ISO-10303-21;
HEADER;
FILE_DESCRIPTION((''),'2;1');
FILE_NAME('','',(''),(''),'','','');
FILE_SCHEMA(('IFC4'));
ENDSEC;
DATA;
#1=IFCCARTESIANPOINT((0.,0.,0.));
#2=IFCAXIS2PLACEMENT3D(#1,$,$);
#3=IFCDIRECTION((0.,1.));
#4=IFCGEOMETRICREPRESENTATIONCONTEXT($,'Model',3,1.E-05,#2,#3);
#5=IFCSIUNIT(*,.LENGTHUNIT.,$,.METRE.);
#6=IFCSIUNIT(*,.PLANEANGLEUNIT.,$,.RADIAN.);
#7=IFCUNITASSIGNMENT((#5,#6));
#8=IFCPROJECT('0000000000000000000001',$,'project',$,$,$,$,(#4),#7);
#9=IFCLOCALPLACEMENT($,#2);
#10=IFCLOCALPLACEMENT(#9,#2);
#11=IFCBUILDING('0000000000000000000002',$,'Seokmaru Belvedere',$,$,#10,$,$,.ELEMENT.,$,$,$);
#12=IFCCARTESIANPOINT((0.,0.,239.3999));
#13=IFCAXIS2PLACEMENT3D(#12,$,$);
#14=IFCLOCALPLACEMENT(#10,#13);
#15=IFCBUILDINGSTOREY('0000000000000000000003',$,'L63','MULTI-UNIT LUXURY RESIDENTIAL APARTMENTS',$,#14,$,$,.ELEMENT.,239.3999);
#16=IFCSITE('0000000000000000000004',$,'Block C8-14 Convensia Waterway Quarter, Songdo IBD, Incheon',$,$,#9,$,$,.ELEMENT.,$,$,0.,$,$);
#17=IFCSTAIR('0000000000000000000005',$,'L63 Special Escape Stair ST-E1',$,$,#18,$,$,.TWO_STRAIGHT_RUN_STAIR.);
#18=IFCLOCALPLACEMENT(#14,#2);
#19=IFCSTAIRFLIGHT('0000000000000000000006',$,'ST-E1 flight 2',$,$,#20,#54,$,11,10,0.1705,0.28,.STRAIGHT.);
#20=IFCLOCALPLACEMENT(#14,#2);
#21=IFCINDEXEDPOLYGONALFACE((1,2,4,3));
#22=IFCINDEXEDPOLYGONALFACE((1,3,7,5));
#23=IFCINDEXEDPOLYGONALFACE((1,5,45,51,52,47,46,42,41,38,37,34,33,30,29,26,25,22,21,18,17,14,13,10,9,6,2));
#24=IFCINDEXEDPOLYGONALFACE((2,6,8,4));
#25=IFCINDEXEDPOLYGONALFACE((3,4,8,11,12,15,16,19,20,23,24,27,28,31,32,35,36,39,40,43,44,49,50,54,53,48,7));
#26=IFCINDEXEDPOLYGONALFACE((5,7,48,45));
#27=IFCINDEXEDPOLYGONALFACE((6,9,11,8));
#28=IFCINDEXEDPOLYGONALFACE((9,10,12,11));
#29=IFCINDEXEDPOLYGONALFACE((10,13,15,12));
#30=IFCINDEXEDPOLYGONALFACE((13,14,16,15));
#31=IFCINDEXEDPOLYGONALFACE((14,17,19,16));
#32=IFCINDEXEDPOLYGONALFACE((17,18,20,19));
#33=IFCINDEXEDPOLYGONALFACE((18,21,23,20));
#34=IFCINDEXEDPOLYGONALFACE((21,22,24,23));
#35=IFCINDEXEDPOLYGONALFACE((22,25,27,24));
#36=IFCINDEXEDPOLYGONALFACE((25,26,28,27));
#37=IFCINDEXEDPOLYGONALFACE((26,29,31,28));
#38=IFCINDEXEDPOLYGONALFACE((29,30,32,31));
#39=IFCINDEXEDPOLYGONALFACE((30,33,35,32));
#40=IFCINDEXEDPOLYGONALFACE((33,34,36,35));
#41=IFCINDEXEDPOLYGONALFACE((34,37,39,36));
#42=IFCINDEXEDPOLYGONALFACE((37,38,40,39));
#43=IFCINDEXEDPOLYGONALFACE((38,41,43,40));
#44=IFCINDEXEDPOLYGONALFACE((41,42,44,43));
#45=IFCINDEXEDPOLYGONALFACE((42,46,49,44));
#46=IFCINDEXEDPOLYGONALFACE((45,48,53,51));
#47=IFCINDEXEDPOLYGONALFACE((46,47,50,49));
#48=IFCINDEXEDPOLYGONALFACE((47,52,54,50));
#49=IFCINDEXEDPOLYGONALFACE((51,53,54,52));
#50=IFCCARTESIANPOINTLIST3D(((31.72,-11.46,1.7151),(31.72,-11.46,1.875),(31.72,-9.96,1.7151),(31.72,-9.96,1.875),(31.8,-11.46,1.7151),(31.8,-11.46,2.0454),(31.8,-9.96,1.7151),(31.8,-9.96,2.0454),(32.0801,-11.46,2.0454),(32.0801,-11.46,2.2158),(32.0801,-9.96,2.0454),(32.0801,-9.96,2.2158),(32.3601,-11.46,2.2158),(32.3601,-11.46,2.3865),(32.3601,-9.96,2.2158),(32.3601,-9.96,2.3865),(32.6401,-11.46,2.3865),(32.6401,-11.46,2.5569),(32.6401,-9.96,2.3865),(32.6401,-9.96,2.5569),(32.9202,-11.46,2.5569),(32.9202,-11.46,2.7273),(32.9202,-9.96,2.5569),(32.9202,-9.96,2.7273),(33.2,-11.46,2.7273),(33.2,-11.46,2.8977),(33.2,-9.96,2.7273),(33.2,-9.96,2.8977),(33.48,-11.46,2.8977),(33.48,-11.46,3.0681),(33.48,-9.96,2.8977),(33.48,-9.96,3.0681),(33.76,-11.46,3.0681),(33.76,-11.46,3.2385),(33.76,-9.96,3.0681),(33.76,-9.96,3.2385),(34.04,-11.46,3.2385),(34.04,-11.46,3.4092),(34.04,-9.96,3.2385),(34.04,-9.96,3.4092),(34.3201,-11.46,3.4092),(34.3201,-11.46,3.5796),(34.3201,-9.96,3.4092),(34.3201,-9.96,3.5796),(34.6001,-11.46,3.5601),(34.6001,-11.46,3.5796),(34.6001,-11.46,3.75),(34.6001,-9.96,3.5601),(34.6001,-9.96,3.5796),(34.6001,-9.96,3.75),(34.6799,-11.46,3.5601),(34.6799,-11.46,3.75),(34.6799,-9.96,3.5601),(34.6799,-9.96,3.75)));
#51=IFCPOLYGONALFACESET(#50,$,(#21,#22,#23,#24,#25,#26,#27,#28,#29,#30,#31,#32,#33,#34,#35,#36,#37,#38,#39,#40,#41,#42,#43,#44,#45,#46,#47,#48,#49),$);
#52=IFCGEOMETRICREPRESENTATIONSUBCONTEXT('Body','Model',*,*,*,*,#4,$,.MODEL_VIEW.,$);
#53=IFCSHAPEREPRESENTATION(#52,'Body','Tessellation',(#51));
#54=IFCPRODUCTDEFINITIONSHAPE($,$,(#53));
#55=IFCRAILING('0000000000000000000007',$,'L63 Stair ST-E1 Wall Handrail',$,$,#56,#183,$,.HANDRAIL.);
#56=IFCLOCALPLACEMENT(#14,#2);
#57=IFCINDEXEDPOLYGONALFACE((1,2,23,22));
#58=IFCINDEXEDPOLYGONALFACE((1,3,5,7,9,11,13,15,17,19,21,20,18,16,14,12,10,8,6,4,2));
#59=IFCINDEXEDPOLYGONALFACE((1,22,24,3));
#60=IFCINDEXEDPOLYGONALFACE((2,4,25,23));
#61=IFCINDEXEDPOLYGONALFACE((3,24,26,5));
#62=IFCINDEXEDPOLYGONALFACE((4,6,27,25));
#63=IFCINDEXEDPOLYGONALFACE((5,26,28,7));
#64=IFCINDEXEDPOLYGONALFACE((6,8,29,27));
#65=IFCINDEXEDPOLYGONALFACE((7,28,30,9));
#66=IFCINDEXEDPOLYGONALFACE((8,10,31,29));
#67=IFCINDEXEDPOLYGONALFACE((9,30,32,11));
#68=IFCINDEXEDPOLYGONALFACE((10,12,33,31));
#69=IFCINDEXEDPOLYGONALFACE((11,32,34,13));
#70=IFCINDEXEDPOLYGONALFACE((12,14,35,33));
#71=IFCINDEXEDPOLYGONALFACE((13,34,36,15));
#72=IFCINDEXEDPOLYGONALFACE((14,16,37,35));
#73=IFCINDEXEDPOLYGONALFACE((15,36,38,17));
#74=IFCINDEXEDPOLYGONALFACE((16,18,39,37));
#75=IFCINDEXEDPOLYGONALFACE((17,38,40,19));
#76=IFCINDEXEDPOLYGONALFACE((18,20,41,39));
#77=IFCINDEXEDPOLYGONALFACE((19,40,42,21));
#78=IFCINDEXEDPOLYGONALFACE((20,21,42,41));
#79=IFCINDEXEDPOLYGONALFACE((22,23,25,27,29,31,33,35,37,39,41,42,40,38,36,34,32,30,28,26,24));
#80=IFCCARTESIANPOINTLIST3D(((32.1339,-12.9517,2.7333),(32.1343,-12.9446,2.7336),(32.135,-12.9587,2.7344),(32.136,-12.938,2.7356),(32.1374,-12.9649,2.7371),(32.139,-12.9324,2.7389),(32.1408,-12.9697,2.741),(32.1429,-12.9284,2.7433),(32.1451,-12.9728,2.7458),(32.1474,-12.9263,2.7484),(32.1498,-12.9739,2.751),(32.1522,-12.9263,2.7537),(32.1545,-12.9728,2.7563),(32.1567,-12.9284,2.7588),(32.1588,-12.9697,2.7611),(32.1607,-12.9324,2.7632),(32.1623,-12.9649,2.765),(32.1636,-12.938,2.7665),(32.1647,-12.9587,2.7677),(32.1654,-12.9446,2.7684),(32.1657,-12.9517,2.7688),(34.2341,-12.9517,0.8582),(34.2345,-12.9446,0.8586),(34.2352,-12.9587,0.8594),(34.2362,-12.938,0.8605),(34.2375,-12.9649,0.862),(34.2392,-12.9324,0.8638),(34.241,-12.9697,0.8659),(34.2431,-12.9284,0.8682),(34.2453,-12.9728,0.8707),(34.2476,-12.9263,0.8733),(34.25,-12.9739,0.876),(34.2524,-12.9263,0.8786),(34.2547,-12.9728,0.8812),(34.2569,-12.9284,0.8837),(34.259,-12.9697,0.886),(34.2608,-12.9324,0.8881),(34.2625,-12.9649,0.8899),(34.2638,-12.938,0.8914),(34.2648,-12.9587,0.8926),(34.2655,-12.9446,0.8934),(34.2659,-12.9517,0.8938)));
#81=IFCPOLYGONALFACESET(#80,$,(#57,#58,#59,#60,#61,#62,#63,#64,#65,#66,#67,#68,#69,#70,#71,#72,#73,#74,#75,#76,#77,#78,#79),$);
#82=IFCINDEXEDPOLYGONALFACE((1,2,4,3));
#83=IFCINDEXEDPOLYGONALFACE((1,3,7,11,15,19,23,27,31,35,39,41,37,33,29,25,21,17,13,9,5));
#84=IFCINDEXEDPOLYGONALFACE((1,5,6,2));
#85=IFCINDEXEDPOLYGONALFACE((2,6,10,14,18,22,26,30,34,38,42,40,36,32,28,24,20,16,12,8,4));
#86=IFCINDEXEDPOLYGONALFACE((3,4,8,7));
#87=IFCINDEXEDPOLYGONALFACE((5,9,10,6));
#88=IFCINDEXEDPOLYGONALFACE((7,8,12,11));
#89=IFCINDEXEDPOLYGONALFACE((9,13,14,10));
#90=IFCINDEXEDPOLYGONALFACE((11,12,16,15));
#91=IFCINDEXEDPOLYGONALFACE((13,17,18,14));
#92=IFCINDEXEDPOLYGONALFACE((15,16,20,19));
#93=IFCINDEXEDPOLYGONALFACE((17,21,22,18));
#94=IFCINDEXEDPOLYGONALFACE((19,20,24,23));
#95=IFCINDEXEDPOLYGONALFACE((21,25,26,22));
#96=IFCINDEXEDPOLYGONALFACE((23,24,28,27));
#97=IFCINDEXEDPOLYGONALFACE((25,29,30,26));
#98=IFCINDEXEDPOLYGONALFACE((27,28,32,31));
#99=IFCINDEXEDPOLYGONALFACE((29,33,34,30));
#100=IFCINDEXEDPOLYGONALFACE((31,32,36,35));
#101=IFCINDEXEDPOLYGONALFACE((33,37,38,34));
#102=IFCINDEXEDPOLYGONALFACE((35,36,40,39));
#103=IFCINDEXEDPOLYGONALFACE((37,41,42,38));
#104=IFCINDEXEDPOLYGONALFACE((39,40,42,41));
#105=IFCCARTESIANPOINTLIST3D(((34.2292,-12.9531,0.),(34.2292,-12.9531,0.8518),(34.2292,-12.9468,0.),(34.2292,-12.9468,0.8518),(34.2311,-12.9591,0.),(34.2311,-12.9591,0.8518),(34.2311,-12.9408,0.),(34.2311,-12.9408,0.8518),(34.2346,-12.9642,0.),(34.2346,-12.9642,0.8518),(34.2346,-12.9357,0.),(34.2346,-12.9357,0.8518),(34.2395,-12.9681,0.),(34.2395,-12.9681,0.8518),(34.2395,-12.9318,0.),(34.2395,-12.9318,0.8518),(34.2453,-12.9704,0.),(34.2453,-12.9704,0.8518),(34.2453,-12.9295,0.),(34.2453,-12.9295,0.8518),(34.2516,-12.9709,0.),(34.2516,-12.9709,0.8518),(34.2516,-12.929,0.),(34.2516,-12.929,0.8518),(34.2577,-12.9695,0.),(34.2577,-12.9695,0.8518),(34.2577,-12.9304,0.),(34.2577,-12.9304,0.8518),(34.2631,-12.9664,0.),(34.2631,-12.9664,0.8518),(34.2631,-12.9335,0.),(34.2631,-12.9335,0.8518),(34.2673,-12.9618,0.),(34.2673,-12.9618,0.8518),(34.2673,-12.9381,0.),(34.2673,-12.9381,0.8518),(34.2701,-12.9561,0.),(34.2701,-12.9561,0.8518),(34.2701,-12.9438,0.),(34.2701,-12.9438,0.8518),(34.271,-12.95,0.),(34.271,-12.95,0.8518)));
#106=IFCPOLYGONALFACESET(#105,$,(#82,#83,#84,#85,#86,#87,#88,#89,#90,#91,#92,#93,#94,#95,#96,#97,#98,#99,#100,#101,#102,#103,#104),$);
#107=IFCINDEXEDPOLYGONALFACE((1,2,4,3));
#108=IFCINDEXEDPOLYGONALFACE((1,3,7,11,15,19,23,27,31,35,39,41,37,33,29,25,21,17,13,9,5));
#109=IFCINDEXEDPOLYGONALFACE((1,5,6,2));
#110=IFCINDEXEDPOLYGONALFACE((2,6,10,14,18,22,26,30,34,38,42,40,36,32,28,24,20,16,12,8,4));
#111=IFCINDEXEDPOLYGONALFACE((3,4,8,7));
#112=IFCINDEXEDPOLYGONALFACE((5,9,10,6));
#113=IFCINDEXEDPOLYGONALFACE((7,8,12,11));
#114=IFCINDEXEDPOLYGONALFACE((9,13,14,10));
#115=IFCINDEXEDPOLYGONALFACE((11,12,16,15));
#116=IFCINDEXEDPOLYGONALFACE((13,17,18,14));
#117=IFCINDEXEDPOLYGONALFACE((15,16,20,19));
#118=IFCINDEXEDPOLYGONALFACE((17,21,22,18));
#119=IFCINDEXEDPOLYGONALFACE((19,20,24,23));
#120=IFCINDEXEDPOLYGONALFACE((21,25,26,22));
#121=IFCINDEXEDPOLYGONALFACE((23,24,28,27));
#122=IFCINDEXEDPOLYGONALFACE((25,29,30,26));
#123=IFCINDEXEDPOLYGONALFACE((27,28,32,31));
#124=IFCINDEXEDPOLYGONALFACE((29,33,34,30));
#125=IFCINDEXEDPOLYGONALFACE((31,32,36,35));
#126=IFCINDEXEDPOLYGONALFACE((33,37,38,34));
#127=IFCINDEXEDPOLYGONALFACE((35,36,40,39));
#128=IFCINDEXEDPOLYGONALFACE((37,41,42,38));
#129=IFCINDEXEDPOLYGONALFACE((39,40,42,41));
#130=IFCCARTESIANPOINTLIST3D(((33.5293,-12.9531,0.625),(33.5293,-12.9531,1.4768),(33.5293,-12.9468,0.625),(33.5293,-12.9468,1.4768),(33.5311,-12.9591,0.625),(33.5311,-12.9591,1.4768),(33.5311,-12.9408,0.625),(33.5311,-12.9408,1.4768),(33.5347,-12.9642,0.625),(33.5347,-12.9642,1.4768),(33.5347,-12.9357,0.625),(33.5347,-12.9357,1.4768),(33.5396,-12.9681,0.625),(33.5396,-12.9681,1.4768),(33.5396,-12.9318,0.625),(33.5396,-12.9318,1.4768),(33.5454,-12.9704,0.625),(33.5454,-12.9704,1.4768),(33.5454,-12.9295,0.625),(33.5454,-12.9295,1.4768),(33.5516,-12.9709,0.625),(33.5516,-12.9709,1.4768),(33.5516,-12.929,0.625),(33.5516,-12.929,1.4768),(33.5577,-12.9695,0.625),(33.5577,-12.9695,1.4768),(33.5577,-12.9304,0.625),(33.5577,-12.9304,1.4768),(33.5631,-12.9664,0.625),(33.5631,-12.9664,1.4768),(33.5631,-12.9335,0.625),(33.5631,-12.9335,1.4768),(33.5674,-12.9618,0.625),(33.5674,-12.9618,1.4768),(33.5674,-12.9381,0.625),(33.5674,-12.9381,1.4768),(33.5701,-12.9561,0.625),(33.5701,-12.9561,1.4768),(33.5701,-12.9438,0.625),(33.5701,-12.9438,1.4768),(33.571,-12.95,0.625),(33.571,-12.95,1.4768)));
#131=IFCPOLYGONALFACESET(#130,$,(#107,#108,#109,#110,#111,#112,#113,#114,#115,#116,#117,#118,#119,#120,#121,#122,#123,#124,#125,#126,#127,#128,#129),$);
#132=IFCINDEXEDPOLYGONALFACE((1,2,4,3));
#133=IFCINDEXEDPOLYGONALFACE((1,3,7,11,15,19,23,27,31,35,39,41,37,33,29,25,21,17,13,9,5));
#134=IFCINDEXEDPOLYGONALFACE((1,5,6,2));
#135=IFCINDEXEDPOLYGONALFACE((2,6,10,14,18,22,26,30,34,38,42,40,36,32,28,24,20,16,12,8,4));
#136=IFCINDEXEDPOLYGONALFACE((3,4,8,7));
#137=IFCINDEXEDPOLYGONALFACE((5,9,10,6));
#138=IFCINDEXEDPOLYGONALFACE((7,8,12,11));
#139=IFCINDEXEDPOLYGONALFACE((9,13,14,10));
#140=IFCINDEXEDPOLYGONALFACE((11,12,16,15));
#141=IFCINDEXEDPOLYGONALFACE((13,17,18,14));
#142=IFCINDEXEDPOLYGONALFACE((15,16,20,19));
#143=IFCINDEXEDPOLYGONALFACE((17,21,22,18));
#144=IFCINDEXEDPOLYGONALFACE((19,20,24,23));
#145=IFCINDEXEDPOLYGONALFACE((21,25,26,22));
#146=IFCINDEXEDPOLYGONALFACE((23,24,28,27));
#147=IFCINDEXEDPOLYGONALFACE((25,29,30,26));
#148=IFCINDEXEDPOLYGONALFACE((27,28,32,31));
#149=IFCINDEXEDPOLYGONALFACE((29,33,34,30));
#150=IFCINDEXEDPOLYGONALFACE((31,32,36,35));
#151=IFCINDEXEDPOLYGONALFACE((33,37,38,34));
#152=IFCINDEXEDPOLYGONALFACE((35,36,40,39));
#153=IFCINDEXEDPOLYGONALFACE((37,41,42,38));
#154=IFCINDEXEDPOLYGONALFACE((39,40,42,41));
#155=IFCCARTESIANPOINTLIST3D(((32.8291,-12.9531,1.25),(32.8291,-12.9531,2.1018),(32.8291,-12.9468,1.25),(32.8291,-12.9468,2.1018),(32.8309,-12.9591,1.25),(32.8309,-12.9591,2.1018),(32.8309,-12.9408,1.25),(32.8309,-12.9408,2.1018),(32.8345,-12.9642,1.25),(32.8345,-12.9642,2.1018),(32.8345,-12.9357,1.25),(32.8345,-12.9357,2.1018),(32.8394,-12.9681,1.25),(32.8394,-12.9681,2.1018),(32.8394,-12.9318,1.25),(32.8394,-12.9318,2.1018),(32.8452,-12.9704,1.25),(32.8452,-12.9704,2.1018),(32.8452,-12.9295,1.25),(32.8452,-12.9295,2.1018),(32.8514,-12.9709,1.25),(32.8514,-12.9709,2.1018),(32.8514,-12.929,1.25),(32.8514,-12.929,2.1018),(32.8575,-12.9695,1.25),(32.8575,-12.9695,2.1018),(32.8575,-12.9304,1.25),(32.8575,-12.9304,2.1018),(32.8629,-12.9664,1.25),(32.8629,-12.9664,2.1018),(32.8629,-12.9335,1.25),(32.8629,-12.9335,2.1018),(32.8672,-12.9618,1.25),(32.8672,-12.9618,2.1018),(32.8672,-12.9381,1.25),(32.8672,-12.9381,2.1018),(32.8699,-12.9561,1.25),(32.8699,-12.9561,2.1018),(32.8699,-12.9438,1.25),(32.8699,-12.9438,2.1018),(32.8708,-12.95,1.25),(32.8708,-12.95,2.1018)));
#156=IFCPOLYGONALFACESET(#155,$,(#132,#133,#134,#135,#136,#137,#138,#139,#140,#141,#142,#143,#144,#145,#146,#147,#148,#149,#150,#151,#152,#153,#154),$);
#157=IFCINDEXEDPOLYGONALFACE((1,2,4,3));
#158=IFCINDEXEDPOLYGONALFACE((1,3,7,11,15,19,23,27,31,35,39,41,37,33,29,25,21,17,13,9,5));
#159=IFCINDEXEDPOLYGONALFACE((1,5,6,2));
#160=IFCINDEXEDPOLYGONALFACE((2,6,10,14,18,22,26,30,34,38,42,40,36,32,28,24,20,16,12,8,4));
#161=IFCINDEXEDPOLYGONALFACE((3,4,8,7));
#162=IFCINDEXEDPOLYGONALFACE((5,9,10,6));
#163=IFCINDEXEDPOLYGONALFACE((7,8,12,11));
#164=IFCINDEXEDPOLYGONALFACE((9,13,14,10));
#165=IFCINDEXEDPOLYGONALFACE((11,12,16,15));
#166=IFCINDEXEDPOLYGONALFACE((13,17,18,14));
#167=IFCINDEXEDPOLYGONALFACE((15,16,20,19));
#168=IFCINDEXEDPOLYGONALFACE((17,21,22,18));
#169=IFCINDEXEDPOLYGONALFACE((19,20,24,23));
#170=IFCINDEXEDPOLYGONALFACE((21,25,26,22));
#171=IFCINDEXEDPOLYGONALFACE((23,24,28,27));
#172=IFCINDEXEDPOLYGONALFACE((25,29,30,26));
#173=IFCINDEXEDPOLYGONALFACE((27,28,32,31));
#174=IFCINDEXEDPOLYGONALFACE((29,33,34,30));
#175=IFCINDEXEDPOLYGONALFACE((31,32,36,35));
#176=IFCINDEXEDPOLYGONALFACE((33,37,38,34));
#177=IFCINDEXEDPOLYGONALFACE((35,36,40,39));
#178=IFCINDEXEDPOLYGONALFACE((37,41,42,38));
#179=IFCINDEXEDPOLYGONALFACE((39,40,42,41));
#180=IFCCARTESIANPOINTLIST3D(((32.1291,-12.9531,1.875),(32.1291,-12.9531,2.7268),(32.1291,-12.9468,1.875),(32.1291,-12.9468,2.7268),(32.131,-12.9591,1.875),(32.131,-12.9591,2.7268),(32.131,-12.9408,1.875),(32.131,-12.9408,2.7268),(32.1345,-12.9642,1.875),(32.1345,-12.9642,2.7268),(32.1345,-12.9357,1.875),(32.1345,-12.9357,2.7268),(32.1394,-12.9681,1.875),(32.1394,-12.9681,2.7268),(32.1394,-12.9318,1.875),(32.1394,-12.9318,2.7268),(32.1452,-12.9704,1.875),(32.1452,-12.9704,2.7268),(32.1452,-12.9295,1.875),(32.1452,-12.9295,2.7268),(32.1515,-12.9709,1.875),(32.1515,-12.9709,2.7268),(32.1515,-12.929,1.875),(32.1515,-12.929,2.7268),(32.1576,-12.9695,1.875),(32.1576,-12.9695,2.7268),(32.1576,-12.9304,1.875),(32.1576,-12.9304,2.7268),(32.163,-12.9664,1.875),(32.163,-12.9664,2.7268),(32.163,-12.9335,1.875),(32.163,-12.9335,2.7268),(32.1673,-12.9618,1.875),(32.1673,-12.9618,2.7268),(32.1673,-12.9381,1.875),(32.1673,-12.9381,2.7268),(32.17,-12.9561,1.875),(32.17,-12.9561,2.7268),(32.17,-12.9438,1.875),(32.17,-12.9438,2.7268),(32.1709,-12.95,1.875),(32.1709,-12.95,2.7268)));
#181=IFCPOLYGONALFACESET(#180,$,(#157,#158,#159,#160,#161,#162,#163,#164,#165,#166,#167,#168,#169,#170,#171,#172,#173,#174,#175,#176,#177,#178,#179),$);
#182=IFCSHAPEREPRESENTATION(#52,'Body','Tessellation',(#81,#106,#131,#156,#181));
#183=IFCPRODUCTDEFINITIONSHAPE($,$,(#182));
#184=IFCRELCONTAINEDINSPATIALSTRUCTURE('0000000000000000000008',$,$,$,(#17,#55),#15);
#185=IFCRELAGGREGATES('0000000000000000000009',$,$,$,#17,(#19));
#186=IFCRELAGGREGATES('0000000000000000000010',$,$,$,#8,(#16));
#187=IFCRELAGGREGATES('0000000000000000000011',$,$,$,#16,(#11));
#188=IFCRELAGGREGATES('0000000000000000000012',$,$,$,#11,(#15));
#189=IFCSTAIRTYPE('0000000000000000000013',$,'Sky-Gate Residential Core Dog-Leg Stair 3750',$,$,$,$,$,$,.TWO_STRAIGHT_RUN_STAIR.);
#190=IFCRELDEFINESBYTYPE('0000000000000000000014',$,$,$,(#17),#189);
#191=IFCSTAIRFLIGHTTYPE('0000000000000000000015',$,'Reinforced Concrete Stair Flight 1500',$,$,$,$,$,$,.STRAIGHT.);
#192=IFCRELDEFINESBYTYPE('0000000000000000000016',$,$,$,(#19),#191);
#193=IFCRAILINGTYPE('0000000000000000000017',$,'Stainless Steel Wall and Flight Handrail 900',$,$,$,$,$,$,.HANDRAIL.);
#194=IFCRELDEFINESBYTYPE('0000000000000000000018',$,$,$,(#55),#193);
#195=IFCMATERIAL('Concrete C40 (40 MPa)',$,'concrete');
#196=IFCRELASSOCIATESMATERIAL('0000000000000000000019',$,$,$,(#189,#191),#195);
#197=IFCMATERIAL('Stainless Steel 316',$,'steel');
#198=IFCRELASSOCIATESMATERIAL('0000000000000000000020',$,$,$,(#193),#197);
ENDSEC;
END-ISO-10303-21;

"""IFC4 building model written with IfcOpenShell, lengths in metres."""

from ifc_helpers import new_model, si_unit, direction, frame, origin, origin_2d, place, context, subcontext, project, spatial, polyline, circle, outline, extrude, material, type_object, element, aggregate, save


model = new_model("IFC4")

# Units and contexts
model_context = context("Model", 3, precision=1e-05, world=origin(), true_north=direction((0.0, 1.0)))
body_context = subcontext(model_context, "Body", "Model", "MODEL_VIEW")
ifc_project = project(units=[si_unit("LENGTHUNIT", "METRE"), si_unit("PLANEANGLEUNIT", "RADIAN")], contexts=[model_context])

# Site, building, storey
site_placement = place(None, origin())
site = spatial("IfcSite", under=ifc_project, at=site_placement, Name="Block C8-14 Convensia Waterway Quarter, Songdo IBD, Incheon", CompositionType="ELEMENT", RefElevation=0.0)
building_placement = place(site_placement, origin())
building = spatial("IfcBuilding", under=site, at=building_placement, Name="Seokmaru Belvedere", CompositionType="ELEMENT")
storey_placement = place(building_placement, frame((0.0, 0.0, 239.3999)))
storey = spatial("IfcBuildingStorey", under=building, at=storey_placement, Name="L63", Description="MULTI-UNIT LUXURY RESIDENTIAL APARTMENTS", CompositionType="ELEMENT", Elevation=239.3999)

# Stair, stair flight
ifc_material_1 = material(Name="Concrete C40 (40 MPa)", Category="concrete")
stair_type = type_object("IfcStairType", Name="Sky-Gate Residential Core Dog-Leg Stair 3750", PredefinedType="TWO_STRAIGHT_RUN_STAIR", material=ifc_material_1)
stair_placement = place(storey_placement, origin())
stair = element("IfcStair", 1, at=stair_placement, inside=storey, type_object=stair_type, Name="L63 Special Escape Stair ST-E1", PredefinedType="TWO_STRAIGHT_RUN_STAIR")
stair_flight_type = type_object("IfcStairFlightType", Name="Reinforced Concrete Stair Flight 1500", PredefinedType="STRAIGHT", material=ifc_material_1)
stair_flight_1_placement = place(storey_placement, frame((31.8, -10.71, 1.875), z_axis=(0.0, 0.0, 1.0), x_axis=(1.0, 0.0, 0.0)))
stair_flight_1 = element("IfcStairFlight", 2, at=stair_flight_1_placement, type_object=stair_flight_type, Name="ST-E1 flight 2", NumberOfRisers=11, NumberOfTreads=10, PredefinedType="STRAIGHT", RiserHeight=0.1705, TreadLength=0.28, context=body_context, shape_type="SweptSolid", body=[
    extrude(outline(polyline([(-0.0801, 0.0), (0.0, 0.1704), (0.28, 0.1704), (0.28, 0.3408), (0.5601, 0.3408), (0.5601, 0.5115), (0.8401, 0.5115), (0.8401, 0.6819), (1.1201, 0.6819), (1.1201, 0.8523), (1.3999, 0.8523), (1.3999, 1.0227), (1.6799, 1.0227), (1.6799, 1.1931), (1.96, 1.1931), (1.96, 1.3635), (2.24, 1.3635), (2.24, 1.5342), (2.52, 1.5342), (2.52, 1.7046), (2.8, 1.7046), (2.8, 1.875), (2.8799, 1.875), (2.8799, 1.6851), (2.8, 1.6851), (0.0, -0.1599), (-0.0801, -0.1599), (-0.0801, 0.0)])), frame((0.0, 0.75, 0.0), z_axis=(0.0, -1.0, 0.0), x_axis=(1.0, 0.0, 0.0)), (0.0, 0.0, 1.0), 1.5),
])
aggregate(stair, [stair_flight_1])

# Railing
ifc_material_2 = material(Name="Stainless Steel 316", Category="steel")
railing_type_1 = type_object("IfcRailingType", Name="Stainless Steel Wall and Flight Handrail 900", PredefinedType="HANDRAIL", material=ifc_material_2)
railing_1_placement = place(storey_placement, frame((34.25, -12.95, 0.0)))
element("IfcRailing", 3, at=railing_1_placement, inside=storey, type_object=railing_type_1, Name="L63 Stair ST-E1 Wall Handrail", PredefinedType="HANDRAIL", context=body_context, shape_type="SweptSolid", body=[
    extrude(circle(Radius=0.0239, at=origin_2d()), frame((0.0, 0.0, 0.876), z_axis=(-0.745953, 0.0, 0.665999), x_axis=(0.0, -1.0, 0.0)), (0.0, 0.0, 1.0), 2.8154),
    extrude(circle(Radius=0.021, at=origin_2d()), origin(), (0.0, 0.0, 1.0), 0.8518),
    extrude(circle(Radius=0.021, at=origin_2d()), frame((-0.7, 0.0, 0.625)), (0.0, 0.0, 1.0), 0.8518),
    extrude(circle(Radius=0.021, at=origin_2d()), frame((-1.4001, 0.0, 1.25)), (0.0, 0.0, 1.0), 0.8518),
    extrude(circle(Radius=0.021, at=origin_2d()), frame((-2.1001, 0.0, 1.875)), (0.0, 0.0, 1.0), 0.8518),
])

save(model, "model.ifc")
